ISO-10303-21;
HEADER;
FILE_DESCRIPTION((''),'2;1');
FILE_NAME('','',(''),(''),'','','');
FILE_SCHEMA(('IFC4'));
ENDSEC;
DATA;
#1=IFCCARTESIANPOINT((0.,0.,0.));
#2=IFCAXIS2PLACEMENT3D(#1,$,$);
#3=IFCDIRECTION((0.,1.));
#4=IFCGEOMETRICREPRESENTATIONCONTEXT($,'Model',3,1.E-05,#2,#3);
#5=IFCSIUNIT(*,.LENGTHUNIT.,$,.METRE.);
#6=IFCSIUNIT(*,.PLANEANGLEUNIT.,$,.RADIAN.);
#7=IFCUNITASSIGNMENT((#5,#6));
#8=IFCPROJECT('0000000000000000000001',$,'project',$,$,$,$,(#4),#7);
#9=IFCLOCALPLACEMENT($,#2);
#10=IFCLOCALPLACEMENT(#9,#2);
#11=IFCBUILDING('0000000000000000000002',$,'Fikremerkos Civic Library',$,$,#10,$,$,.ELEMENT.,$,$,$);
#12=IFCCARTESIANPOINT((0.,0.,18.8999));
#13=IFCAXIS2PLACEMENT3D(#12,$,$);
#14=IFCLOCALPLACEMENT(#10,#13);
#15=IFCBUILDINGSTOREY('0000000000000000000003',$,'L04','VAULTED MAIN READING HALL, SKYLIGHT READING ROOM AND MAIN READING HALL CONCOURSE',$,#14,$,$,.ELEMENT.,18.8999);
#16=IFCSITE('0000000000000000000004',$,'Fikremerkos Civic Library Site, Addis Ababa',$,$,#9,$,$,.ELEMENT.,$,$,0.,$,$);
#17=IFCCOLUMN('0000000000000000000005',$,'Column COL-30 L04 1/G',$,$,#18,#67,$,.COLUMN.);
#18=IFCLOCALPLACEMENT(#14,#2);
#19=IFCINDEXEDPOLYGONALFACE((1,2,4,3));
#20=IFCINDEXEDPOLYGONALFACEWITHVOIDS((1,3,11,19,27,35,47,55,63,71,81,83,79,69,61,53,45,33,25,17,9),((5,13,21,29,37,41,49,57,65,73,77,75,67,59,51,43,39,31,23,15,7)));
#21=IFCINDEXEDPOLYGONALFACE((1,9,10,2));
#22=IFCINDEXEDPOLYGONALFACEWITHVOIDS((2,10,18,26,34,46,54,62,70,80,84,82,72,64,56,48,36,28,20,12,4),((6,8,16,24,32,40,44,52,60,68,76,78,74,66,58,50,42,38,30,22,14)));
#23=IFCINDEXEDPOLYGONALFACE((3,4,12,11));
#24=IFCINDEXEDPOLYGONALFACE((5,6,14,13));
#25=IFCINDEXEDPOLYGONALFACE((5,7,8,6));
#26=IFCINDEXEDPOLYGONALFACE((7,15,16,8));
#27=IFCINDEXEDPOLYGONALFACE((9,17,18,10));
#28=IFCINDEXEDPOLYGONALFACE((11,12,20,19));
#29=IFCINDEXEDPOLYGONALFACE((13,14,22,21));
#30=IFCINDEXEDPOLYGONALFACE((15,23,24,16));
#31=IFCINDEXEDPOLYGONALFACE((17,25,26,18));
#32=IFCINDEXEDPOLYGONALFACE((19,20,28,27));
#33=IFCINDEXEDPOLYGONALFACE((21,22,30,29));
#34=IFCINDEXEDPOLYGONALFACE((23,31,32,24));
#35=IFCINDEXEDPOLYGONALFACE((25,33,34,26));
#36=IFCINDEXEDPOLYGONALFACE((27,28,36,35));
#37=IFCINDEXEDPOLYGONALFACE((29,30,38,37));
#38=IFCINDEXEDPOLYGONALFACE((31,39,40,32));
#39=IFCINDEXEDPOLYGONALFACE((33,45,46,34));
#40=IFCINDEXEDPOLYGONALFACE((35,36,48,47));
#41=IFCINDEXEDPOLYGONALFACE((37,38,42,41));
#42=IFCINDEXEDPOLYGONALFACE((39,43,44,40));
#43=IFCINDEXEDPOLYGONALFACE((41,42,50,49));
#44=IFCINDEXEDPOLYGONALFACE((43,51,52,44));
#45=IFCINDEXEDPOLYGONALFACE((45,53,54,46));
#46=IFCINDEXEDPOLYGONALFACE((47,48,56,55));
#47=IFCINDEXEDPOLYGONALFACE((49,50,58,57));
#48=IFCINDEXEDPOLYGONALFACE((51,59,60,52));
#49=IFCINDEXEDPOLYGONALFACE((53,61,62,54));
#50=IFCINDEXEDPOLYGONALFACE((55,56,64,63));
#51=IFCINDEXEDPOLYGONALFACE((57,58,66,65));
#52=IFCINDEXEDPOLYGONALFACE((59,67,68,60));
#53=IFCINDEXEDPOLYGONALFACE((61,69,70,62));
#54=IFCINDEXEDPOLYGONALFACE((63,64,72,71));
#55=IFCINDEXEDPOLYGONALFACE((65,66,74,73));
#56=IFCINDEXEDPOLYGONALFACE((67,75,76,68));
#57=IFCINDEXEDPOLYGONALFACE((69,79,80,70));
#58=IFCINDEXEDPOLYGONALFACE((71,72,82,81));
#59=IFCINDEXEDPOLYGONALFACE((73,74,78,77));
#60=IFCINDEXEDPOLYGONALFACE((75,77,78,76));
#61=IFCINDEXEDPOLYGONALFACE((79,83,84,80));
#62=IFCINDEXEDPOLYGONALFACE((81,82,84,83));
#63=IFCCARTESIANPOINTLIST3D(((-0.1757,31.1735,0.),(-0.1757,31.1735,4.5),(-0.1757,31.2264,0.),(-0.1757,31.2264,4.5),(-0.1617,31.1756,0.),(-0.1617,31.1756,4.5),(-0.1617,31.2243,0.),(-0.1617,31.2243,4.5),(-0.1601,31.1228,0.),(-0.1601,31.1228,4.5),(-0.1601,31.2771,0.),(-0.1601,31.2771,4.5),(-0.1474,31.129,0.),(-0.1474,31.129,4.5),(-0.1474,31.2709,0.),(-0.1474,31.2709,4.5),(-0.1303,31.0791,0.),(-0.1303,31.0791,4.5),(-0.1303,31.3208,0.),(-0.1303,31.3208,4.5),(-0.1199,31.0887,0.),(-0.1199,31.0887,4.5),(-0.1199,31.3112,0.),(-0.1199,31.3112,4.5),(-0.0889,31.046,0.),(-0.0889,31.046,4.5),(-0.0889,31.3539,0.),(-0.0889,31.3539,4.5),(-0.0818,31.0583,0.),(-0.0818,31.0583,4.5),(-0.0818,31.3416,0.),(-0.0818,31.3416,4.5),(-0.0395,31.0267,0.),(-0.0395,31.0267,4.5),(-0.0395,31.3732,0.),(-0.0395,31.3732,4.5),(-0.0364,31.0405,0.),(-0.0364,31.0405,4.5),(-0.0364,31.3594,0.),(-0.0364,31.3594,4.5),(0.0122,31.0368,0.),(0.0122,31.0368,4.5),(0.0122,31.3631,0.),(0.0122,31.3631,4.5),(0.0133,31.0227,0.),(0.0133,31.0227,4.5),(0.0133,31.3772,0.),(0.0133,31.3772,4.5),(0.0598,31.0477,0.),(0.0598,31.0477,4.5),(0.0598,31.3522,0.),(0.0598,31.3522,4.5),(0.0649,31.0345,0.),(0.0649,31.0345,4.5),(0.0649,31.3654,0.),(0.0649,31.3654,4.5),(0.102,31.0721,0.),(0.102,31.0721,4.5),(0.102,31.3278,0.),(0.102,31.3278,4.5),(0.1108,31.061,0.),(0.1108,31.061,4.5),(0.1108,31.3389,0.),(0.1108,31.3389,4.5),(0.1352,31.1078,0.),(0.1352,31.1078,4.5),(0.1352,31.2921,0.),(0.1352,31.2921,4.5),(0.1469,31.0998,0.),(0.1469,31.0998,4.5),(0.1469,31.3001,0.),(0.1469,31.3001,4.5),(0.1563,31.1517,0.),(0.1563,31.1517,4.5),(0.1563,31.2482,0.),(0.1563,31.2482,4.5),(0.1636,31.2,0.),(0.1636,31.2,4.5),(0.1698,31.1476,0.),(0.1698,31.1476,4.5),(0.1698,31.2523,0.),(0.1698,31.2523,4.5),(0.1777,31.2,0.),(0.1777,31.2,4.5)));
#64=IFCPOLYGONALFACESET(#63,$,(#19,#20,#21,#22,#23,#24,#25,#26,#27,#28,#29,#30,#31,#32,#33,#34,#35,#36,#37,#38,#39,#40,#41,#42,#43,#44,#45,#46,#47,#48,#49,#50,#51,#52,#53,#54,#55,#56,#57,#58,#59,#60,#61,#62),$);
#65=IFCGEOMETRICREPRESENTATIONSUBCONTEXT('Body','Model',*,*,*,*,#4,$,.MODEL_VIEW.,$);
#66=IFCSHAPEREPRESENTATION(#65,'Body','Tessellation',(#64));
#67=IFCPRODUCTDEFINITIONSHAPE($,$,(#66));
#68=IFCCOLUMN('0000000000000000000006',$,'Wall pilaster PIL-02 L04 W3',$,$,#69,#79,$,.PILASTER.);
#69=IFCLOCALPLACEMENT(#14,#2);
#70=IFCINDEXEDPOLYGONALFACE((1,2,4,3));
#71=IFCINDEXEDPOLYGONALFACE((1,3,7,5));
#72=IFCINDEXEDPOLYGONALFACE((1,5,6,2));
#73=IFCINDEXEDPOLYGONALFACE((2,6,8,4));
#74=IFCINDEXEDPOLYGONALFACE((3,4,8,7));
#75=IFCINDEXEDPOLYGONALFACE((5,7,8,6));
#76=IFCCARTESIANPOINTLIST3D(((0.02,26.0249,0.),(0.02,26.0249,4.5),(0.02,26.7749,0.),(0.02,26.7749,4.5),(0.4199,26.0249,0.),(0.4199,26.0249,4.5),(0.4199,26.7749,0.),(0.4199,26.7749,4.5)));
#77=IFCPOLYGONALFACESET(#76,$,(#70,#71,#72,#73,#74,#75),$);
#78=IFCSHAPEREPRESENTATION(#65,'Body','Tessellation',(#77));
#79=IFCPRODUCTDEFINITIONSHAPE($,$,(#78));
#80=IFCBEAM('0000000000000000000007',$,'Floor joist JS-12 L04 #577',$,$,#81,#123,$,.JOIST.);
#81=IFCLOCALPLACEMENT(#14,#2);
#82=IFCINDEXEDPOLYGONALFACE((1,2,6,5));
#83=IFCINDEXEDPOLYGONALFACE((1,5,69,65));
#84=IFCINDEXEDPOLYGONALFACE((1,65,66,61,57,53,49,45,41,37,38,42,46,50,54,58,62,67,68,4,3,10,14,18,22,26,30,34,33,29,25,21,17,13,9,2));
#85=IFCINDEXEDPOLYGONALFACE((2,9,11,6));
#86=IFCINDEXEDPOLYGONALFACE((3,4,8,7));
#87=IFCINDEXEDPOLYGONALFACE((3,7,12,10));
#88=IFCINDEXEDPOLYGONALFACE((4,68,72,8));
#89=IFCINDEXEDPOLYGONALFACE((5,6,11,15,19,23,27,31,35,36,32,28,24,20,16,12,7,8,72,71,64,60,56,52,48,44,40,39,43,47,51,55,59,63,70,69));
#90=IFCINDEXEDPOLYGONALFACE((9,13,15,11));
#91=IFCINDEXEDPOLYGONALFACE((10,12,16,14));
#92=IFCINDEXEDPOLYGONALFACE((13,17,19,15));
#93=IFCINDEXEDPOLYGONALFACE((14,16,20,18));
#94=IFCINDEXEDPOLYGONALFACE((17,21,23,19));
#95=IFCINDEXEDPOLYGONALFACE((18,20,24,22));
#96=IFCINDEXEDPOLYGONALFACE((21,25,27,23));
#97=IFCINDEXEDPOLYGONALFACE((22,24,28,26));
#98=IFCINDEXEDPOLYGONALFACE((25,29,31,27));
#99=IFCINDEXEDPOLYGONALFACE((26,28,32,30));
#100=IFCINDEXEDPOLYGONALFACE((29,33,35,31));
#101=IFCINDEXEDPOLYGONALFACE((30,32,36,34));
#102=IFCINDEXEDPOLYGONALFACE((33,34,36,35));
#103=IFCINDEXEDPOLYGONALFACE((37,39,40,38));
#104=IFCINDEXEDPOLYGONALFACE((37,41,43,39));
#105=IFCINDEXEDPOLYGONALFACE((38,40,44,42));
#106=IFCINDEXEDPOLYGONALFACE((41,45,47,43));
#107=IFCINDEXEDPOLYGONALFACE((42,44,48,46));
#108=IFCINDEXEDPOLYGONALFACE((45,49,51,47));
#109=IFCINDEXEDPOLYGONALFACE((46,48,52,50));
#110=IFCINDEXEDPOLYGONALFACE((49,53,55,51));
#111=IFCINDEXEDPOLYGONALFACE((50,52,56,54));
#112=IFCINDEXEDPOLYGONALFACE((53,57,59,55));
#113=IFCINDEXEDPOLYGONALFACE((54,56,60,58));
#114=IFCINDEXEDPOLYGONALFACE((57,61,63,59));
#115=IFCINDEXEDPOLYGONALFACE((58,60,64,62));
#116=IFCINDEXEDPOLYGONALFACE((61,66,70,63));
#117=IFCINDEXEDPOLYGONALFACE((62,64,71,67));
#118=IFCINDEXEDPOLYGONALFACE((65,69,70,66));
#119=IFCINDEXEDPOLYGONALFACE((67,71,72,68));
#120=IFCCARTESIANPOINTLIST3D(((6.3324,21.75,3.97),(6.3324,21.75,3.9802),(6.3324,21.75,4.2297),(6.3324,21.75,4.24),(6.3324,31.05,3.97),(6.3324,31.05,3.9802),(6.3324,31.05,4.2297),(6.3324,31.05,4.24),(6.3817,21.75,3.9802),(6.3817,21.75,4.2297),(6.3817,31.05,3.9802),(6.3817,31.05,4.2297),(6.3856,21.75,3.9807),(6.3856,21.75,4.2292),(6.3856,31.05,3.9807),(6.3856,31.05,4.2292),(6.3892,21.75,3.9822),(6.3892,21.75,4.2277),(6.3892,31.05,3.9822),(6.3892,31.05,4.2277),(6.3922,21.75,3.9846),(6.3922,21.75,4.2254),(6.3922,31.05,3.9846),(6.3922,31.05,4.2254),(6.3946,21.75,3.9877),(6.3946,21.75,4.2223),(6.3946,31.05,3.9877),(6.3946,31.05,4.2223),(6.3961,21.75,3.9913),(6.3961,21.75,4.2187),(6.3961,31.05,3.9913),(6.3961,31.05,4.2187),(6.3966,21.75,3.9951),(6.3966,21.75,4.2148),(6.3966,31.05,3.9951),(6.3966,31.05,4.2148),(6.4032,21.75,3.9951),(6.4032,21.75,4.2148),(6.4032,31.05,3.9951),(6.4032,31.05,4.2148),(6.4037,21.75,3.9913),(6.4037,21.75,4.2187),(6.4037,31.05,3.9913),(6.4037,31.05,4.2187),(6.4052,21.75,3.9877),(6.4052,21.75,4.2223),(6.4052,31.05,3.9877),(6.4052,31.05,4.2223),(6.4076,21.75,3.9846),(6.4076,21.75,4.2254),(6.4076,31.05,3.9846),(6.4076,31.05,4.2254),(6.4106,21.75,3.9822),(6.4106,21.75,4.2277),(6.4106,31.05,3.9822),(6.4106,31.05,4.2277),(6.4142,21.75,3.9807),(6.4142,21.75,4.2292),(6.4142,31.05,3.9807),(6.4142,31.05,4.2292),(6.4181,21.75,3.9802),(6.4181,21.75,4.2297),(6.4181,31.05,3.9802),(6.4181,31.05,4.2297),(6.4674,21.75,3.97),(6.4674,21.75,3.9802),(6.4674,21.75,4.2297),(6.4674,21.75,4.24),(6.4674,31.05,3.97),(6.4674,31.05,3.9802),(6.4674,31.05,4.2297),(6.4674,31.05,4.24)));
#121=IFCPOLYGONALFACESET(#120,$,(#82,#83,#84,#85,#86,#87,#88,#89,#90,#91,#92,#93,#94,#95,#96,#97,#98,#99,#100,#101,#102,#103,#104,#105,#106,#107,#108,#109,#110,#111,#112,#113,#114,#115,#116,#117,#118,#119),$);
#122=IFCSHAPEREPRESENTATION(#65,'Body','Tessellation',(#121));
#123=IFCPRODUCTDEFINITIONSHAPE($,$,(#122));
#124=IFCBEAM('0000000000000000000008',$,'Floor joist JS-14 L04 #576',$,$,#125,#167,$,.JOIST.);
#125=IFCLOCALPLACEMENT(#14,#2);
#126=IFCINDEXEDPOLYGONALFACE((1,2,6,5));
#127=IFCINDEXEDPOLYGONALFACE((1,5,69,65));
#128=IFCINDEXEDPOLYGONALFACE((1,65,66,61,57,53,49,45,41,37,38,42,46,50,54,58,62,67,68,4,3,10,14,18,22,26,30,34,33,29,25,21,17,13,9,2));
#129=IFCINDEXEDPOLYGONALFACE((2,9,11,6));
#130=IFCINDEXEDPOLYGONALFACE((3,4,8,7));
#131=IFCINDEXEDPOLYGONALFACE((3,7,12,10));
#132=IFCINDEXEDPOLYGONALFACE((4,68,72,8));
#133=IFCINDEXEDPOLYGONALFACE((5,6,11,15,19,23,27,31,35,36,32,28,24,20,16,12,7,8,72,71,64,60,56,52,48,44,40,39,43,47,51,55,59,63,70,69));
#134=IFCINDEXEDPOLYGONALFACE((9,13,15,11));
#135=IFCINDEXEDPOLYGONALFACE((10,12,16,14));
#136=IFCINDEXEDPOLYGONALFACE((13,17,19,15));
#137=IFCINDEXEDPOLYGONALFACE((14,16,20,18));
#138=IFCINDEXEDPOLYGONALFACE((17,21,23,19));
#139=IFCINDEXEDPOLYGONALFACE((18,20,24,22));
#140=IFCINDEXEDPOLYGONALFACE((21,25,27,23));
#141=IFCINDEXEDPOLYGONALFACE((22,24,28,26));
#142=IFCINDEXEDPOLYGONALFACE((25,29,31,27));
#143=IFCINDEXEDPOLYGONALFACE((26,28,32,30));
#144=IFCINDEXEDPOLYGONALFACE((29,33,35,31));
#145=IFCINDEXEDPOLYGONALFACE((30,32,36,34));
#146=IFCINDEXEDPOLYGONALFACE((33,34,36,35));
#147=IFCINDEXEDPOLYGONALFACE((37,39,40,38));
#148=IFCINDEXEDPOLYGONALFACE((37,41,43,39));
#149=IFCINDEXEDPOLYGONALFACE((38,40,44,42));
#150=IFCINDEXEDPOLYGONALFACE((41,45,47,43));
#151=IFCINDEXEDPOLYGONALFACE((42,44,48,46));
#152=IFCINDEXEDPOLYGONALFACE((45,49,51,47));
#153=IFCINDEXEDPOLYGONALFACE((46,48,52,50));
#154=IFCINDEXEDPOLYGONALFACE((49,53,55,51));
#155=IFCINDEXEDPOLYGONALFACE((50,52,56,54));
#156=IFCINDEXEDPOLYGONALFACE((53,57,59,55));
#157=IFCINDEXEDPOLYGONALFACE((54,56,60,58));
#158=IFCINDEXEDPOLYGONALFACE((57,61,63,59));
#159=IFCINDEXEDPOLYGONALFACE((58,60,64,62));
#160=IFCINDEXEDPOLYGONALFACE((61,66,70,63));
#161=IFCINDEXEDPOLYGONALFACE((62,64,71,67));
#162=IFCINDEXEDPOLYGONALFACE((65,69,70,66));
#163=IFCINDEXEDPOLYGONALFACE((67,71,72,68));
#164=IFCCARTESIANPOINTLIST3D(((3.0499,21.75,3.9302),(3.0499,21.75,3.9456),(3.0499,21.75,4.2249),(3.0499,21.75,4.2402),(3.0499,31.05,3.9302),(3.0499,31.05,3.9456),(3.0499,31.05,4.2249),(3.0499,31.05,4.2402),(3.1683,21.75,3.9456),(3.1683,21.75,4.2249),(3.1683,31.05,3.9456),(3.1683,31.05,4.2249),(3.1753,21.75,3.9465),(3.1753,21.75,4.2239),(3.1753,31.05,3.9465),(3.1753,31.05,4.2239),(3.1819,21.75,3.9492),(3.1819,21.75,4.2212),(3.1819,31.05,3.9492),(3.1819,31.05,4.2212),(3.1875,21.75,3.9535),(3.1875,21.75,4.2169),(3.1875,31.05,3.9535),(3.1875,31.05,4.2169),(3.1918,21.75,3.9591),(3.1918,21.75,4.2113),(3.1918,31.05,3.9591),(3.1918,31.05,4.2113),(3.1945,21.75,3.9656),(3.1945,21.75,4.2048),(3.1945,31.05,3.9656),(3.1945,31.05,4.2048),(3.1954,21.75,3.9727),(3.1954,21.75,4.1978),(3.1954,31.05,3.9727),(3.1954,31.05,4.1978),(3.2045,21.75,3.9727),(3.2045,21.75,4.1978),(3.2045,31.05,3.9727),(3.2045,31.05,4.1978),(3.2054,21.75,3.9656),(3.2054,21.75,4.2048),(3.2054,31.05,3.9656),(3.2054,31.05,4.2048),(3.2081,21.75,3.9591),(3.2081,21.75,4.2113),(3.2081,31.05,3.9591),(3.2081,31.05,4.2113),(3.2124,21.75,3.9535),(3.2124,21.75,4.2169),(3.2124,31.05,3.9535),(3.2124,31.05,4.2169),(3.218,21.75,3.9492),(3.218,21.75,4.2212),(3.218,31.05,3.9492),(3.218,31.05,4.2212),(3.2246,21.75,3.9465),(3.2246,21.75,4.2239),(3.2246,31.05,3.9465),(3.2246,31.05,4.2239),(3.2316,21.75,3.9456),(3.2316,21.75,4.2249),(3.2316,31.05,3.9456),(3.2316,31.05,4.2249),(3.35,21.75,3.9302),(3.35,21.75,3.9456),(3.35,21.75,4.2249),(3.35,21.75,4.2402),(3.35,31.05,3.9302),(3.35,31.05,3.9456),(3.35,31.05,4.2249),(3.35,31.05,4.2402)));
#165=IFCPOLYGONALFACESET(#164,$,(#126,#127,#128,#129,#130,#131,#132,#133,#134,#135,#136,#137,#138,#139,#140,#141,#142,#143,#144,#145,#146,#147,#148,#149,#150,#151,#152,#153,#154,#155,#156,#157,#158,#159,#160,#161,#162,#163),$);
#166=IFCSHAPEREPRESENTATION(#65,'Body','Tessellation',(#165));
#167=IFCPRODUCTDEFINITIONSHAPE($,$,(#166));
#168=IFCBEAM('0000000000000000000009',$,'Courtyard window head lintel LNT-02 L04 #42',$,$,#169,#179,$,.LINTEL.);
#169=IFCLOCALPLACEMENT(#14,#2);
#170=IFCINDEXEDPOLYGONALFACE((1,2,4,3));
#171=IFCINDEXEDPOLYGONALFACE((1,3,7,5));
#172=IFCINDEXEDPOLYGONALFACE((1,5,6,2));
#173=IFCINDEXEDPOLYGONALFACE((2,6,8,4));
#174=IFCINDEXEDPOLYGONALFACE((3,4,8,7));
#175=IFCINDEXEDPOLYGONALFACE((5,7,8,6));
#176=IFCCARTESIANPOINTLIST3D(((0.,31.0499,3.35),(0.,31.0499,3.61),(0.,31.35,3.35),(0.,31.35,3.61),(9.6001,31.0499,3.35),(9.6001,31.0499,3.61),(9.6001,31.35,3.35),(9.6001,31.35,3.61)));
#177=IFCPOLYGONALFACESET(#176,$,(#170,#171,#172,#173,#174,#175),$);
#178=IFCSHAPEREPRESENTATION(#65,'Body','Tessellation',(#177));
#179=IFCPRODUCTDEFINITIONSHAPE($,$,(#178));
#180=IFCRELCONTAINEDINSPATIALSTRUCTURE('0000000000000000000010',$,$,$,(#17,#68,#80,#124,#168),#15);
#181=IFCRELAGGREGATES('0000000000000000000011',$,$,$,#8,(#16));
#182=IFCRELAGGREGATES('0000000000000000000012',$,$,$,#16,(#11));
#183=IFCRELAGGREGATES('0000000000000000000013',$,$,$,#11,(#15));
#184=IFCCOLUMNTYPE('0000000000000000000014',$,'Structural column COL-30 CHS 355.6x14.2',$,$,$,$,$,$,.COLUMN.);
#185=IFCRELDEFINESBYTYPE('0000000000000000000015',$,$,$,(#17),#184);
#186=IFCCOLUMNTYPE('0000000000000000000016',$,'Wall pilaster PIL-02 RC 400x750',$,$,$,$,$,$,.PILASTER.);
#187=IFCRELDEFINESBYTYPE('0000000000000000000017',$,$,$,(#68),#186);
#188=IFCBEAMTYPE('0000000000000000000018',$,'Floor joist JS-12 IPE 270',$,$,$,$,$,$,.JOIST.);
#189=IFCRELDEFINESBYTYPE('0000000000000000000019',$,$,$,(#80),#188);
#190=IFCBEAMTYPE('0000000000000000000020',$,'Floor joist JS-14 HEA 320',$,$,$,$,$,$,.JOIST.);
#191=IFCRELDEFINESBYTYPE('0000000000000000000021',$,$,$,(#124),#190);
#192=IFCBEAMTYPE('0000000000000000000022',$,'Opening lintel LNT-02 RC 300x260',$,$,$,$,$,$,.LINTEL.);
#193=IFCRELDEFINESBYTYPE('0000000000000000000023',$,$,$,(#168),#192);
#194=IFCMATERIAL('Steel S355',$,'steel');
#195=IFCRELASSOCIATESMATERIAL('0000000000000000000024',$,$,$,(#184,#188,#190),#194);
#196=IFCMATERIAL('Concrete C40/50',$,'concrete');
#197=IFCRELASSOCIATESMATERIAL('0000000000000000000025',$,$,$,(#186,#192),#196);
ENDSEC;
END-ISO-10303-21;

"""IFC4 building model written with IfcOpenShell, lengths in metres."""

from ifc_helpers import new_model, si_unit, direction, frame, origin, origin_2d, place, context, subcontext, project, spatial, rectangle, hollow_circle, i_section, extrude, material, material_profile, profile_set, type_object, element, save


model = new_model("IFC4")

# Units and contexts
model_context = context("Model", 3, precision=1e-05, world=origin(), true_north=direction((0.0, 1.0)))
body_context = subcontext(model_context, "Body", "Model", "MODEL_VIEW")
ifc_project = project(units=[si_unit("LENGTHUNIT", "METRE"), si_unit("PLANEANGLEUNIT", "RADIAN")], contexts=[model_context])

# Site, building, storey
site_placement = place(None, origin())
site = spatial("IfcSite", under=ifc_project, at=site_placement, Name="Fikremerkos Civic Library Site, Addis Ababa", CompositionType="ELEMENT", RefElevation=0.0)
building_placement = place(site_placement, origin())
building = spatial("IfcBuilding", under=site, at=building_placement, Name="Fikremerkos Civic Library", CompositionType="ELEMENT")
storey_placement = place(building_placement, frame((0.0, 0.0, 18.8999)))
storey = spatial("IfcBuildingStorey", under=building, at=storey_placement, Name="L04", Description="VAULTED MAIN READING HALL, SKYLIGHT READING ROOM AND MAIN READING HALL CONCOURSE", CompositionType="ELEMENT", Elevation=18.8999)

# Columns
ifc_material_1 = material(Name="Steel S355", Category="steel")
ifc_material_profile_1 = material_profile(ifc_material_1, hollow_circle(Radius=0.1777, WallThickness=0.0142, at=origin_2d()), Name="CHS 355.6x14.2")
ifc_profile_set_1 = profile_set([ifc_material_profile_1], Name="Steel S355")
column_type_1 = type_object("IfcColumnType", Name="Structural column COL-30 CHS 355.6x14.2", PredefinedType="COLUMN", material=ifc_profile_set_1)
column_1_placement = place(storey_placement, frame((0.0, 31.2, 0.0), z_axis=(0.0, 0.0, 1.0), x_axis=(1.0, 0.0, 0.0)))
element("IfcColumn", 1, at=column_1_placement, inside=storey, type_object=column_type_1, Name="Column COL-30 L04 1/G", PredefinedType="COLUMN", context=body_context, shape_type="SweptSolid", body=[
    extrude(hollow_circle(Radius=0.1777, WallThickness=0.0142, at=origin_2d()), origin(), (0.0, 0.0, 1.0), 4.5),
])
ifc_material_2 = material(Name="Concrete C40/50", Category="concrete")
ifc_material_profile_2 = material_profile(ifc_material_2, rectangle(XDim=0.3999, YDim=0.75, at=origin_2d()), Name="RC 400x750")
ifc_profile_set_2 = profile_set([ifc_material_profile_2], Name="Concrete C40/50")
column_type_2 = type_object("IfcColumnType", Name="Wall pilaster PIL-02 RC 400x750", PredefinedType="PILASTER", material=ifc_profile_set_2)
column_2_placement = place(storey_placement, frame((0.22, 26.3999, 0.0), z_axis=(0.0, 0.0, 1.0), x_axis=(1.0, 0.0, 0.0)))
element("IfcColumn", 2, at=column_2_placement, inside=storey, type_object=column_type_2, Name="Wall pilaster PIL-02 L04 W3", PredefinedType="PILASTER", context=body_context, shape_type="SweptSolid", body=[
    extrude(rectangle(XDim=0.3999, YDim=0.75, at=origin_2d()), origin(), (0.0, 0.0, 1.0), 4.5),
])

# Beams
ifc_material_profile_3 = material_profile(ifc_material_1, i_section(OverallWidth=0.135, OverallDepth=0.27, WebThickness=0.0066, FlangeThickness=0.0103, FilletRadius=0.0149, at=origin_2d()), Name="IPE 270")
ifc_profile_set_3 = profile_set([ifc_material_profile_3], Name="Steel S355")
beam_type_1 = type_object("IfcBeamType", Name="Floor joist JS-12 IPE 270", PredefinedType="JOIST", material=ifc_profile_set_3)
beam_1_placement = place(storey_placement, frame((6.3999, 21.75, 4.105), z_axis=(0.0, 1.0, 0.0), x_axis=(-1.0, 0.0, 0.0)))
element("IfcBeam", 3, at=beam_1_placement, inside=storey, type_object=beam_type_1, Name="Floor joist JS-12 L04 #577", PredefinedType="JOIST", context=body_context, shape_type="SweptSolid", body=[
    extrude(i_section(OverallWidth=0.135, OverallDepth=0.27, WebThickness=0.0066, FlangeThickness=0.0103, FilletRadius=0.0149, at=origin_2d()), origin(), (0.0, 0.0, 1.0), 9.3),
])
ifc_material_profile_4 = material_profile(ifc_material_1, i_section(OverallWidth=0.3, OverallDepth=0.3101, WebThickness=0.009, FlangeThickness=0.0154, FilletRadius=0.0271, at=origin_2d()), Name="HEA 320")
ifc_profile_set_4 = profile_set([ifc_material_profile_4], Name="Steel S355")
beam_type_2 = type_object("IfcBeamType", Name="Floor joist JS-14 HEA 320", PredefinedType="JOIST", material=ifc_profile_set_4)
beam_2_placement = place(storey_placement, frame((3.2, 21.75, 4.0852), z_axis=(0.0, 1.0, 0.0), x_axis=(-1.0, 0.0, 0.0)))
element("IfcBeam", 4, at=beam_2_placement, inside=storey, type_object=beam_type_2, Name="Floor joist JS-14 L04 #576", PredefinedType="JOIST", context=body_context, shape_type="SweptSolid", body=[
    extrude(i_section(OverallWidth=0.3, OverallDepth=0.3101, WebThickness=0.009, FlangeThickness=0.0154, FilletRadius=0.0271, at=origin_2d()), origin(), (0.0, 0.0, 1.0), 9.3),
])
ifc_material_profile_5 = material_profile(ifc_material_2, rectangle(XDim=0.3, YDim=0.26, at=origin_2d()), Name="RC 300x260")
ifc_profile_set_5 = profile_set([ifc_material_profile_5], Name="Concrete C40/50")
beam_type_3 = type_object("IfcBeamType", Name="Opening lintel LNT-02 RC 300x260", PredefinedType="LINTEL", material=ifc_profile_set_5)
beam_3_placement = place(storey_placement, frame((0.0, 31.2, 3.48), z_axis=(1.0, 0.0, 0.0), x_axis=(0.0, 1.0, 0.0)))
element("IfcBeam", 5, at=beam_3_placement, inside=storey, type_object=beam_type_3, Name="Courtyard window head lintel LNT-02 L04 #42", PredefinedType="LINTEL", context=body_context, shape_type="SweptSolid", body=[
    extrude(rectangle(XDim=0.3, YDim=0.26, at=origin_2d()), origin(), (0.0, 0.0, 1.0), 9.6001),
])

save(model, "model.ifc")
